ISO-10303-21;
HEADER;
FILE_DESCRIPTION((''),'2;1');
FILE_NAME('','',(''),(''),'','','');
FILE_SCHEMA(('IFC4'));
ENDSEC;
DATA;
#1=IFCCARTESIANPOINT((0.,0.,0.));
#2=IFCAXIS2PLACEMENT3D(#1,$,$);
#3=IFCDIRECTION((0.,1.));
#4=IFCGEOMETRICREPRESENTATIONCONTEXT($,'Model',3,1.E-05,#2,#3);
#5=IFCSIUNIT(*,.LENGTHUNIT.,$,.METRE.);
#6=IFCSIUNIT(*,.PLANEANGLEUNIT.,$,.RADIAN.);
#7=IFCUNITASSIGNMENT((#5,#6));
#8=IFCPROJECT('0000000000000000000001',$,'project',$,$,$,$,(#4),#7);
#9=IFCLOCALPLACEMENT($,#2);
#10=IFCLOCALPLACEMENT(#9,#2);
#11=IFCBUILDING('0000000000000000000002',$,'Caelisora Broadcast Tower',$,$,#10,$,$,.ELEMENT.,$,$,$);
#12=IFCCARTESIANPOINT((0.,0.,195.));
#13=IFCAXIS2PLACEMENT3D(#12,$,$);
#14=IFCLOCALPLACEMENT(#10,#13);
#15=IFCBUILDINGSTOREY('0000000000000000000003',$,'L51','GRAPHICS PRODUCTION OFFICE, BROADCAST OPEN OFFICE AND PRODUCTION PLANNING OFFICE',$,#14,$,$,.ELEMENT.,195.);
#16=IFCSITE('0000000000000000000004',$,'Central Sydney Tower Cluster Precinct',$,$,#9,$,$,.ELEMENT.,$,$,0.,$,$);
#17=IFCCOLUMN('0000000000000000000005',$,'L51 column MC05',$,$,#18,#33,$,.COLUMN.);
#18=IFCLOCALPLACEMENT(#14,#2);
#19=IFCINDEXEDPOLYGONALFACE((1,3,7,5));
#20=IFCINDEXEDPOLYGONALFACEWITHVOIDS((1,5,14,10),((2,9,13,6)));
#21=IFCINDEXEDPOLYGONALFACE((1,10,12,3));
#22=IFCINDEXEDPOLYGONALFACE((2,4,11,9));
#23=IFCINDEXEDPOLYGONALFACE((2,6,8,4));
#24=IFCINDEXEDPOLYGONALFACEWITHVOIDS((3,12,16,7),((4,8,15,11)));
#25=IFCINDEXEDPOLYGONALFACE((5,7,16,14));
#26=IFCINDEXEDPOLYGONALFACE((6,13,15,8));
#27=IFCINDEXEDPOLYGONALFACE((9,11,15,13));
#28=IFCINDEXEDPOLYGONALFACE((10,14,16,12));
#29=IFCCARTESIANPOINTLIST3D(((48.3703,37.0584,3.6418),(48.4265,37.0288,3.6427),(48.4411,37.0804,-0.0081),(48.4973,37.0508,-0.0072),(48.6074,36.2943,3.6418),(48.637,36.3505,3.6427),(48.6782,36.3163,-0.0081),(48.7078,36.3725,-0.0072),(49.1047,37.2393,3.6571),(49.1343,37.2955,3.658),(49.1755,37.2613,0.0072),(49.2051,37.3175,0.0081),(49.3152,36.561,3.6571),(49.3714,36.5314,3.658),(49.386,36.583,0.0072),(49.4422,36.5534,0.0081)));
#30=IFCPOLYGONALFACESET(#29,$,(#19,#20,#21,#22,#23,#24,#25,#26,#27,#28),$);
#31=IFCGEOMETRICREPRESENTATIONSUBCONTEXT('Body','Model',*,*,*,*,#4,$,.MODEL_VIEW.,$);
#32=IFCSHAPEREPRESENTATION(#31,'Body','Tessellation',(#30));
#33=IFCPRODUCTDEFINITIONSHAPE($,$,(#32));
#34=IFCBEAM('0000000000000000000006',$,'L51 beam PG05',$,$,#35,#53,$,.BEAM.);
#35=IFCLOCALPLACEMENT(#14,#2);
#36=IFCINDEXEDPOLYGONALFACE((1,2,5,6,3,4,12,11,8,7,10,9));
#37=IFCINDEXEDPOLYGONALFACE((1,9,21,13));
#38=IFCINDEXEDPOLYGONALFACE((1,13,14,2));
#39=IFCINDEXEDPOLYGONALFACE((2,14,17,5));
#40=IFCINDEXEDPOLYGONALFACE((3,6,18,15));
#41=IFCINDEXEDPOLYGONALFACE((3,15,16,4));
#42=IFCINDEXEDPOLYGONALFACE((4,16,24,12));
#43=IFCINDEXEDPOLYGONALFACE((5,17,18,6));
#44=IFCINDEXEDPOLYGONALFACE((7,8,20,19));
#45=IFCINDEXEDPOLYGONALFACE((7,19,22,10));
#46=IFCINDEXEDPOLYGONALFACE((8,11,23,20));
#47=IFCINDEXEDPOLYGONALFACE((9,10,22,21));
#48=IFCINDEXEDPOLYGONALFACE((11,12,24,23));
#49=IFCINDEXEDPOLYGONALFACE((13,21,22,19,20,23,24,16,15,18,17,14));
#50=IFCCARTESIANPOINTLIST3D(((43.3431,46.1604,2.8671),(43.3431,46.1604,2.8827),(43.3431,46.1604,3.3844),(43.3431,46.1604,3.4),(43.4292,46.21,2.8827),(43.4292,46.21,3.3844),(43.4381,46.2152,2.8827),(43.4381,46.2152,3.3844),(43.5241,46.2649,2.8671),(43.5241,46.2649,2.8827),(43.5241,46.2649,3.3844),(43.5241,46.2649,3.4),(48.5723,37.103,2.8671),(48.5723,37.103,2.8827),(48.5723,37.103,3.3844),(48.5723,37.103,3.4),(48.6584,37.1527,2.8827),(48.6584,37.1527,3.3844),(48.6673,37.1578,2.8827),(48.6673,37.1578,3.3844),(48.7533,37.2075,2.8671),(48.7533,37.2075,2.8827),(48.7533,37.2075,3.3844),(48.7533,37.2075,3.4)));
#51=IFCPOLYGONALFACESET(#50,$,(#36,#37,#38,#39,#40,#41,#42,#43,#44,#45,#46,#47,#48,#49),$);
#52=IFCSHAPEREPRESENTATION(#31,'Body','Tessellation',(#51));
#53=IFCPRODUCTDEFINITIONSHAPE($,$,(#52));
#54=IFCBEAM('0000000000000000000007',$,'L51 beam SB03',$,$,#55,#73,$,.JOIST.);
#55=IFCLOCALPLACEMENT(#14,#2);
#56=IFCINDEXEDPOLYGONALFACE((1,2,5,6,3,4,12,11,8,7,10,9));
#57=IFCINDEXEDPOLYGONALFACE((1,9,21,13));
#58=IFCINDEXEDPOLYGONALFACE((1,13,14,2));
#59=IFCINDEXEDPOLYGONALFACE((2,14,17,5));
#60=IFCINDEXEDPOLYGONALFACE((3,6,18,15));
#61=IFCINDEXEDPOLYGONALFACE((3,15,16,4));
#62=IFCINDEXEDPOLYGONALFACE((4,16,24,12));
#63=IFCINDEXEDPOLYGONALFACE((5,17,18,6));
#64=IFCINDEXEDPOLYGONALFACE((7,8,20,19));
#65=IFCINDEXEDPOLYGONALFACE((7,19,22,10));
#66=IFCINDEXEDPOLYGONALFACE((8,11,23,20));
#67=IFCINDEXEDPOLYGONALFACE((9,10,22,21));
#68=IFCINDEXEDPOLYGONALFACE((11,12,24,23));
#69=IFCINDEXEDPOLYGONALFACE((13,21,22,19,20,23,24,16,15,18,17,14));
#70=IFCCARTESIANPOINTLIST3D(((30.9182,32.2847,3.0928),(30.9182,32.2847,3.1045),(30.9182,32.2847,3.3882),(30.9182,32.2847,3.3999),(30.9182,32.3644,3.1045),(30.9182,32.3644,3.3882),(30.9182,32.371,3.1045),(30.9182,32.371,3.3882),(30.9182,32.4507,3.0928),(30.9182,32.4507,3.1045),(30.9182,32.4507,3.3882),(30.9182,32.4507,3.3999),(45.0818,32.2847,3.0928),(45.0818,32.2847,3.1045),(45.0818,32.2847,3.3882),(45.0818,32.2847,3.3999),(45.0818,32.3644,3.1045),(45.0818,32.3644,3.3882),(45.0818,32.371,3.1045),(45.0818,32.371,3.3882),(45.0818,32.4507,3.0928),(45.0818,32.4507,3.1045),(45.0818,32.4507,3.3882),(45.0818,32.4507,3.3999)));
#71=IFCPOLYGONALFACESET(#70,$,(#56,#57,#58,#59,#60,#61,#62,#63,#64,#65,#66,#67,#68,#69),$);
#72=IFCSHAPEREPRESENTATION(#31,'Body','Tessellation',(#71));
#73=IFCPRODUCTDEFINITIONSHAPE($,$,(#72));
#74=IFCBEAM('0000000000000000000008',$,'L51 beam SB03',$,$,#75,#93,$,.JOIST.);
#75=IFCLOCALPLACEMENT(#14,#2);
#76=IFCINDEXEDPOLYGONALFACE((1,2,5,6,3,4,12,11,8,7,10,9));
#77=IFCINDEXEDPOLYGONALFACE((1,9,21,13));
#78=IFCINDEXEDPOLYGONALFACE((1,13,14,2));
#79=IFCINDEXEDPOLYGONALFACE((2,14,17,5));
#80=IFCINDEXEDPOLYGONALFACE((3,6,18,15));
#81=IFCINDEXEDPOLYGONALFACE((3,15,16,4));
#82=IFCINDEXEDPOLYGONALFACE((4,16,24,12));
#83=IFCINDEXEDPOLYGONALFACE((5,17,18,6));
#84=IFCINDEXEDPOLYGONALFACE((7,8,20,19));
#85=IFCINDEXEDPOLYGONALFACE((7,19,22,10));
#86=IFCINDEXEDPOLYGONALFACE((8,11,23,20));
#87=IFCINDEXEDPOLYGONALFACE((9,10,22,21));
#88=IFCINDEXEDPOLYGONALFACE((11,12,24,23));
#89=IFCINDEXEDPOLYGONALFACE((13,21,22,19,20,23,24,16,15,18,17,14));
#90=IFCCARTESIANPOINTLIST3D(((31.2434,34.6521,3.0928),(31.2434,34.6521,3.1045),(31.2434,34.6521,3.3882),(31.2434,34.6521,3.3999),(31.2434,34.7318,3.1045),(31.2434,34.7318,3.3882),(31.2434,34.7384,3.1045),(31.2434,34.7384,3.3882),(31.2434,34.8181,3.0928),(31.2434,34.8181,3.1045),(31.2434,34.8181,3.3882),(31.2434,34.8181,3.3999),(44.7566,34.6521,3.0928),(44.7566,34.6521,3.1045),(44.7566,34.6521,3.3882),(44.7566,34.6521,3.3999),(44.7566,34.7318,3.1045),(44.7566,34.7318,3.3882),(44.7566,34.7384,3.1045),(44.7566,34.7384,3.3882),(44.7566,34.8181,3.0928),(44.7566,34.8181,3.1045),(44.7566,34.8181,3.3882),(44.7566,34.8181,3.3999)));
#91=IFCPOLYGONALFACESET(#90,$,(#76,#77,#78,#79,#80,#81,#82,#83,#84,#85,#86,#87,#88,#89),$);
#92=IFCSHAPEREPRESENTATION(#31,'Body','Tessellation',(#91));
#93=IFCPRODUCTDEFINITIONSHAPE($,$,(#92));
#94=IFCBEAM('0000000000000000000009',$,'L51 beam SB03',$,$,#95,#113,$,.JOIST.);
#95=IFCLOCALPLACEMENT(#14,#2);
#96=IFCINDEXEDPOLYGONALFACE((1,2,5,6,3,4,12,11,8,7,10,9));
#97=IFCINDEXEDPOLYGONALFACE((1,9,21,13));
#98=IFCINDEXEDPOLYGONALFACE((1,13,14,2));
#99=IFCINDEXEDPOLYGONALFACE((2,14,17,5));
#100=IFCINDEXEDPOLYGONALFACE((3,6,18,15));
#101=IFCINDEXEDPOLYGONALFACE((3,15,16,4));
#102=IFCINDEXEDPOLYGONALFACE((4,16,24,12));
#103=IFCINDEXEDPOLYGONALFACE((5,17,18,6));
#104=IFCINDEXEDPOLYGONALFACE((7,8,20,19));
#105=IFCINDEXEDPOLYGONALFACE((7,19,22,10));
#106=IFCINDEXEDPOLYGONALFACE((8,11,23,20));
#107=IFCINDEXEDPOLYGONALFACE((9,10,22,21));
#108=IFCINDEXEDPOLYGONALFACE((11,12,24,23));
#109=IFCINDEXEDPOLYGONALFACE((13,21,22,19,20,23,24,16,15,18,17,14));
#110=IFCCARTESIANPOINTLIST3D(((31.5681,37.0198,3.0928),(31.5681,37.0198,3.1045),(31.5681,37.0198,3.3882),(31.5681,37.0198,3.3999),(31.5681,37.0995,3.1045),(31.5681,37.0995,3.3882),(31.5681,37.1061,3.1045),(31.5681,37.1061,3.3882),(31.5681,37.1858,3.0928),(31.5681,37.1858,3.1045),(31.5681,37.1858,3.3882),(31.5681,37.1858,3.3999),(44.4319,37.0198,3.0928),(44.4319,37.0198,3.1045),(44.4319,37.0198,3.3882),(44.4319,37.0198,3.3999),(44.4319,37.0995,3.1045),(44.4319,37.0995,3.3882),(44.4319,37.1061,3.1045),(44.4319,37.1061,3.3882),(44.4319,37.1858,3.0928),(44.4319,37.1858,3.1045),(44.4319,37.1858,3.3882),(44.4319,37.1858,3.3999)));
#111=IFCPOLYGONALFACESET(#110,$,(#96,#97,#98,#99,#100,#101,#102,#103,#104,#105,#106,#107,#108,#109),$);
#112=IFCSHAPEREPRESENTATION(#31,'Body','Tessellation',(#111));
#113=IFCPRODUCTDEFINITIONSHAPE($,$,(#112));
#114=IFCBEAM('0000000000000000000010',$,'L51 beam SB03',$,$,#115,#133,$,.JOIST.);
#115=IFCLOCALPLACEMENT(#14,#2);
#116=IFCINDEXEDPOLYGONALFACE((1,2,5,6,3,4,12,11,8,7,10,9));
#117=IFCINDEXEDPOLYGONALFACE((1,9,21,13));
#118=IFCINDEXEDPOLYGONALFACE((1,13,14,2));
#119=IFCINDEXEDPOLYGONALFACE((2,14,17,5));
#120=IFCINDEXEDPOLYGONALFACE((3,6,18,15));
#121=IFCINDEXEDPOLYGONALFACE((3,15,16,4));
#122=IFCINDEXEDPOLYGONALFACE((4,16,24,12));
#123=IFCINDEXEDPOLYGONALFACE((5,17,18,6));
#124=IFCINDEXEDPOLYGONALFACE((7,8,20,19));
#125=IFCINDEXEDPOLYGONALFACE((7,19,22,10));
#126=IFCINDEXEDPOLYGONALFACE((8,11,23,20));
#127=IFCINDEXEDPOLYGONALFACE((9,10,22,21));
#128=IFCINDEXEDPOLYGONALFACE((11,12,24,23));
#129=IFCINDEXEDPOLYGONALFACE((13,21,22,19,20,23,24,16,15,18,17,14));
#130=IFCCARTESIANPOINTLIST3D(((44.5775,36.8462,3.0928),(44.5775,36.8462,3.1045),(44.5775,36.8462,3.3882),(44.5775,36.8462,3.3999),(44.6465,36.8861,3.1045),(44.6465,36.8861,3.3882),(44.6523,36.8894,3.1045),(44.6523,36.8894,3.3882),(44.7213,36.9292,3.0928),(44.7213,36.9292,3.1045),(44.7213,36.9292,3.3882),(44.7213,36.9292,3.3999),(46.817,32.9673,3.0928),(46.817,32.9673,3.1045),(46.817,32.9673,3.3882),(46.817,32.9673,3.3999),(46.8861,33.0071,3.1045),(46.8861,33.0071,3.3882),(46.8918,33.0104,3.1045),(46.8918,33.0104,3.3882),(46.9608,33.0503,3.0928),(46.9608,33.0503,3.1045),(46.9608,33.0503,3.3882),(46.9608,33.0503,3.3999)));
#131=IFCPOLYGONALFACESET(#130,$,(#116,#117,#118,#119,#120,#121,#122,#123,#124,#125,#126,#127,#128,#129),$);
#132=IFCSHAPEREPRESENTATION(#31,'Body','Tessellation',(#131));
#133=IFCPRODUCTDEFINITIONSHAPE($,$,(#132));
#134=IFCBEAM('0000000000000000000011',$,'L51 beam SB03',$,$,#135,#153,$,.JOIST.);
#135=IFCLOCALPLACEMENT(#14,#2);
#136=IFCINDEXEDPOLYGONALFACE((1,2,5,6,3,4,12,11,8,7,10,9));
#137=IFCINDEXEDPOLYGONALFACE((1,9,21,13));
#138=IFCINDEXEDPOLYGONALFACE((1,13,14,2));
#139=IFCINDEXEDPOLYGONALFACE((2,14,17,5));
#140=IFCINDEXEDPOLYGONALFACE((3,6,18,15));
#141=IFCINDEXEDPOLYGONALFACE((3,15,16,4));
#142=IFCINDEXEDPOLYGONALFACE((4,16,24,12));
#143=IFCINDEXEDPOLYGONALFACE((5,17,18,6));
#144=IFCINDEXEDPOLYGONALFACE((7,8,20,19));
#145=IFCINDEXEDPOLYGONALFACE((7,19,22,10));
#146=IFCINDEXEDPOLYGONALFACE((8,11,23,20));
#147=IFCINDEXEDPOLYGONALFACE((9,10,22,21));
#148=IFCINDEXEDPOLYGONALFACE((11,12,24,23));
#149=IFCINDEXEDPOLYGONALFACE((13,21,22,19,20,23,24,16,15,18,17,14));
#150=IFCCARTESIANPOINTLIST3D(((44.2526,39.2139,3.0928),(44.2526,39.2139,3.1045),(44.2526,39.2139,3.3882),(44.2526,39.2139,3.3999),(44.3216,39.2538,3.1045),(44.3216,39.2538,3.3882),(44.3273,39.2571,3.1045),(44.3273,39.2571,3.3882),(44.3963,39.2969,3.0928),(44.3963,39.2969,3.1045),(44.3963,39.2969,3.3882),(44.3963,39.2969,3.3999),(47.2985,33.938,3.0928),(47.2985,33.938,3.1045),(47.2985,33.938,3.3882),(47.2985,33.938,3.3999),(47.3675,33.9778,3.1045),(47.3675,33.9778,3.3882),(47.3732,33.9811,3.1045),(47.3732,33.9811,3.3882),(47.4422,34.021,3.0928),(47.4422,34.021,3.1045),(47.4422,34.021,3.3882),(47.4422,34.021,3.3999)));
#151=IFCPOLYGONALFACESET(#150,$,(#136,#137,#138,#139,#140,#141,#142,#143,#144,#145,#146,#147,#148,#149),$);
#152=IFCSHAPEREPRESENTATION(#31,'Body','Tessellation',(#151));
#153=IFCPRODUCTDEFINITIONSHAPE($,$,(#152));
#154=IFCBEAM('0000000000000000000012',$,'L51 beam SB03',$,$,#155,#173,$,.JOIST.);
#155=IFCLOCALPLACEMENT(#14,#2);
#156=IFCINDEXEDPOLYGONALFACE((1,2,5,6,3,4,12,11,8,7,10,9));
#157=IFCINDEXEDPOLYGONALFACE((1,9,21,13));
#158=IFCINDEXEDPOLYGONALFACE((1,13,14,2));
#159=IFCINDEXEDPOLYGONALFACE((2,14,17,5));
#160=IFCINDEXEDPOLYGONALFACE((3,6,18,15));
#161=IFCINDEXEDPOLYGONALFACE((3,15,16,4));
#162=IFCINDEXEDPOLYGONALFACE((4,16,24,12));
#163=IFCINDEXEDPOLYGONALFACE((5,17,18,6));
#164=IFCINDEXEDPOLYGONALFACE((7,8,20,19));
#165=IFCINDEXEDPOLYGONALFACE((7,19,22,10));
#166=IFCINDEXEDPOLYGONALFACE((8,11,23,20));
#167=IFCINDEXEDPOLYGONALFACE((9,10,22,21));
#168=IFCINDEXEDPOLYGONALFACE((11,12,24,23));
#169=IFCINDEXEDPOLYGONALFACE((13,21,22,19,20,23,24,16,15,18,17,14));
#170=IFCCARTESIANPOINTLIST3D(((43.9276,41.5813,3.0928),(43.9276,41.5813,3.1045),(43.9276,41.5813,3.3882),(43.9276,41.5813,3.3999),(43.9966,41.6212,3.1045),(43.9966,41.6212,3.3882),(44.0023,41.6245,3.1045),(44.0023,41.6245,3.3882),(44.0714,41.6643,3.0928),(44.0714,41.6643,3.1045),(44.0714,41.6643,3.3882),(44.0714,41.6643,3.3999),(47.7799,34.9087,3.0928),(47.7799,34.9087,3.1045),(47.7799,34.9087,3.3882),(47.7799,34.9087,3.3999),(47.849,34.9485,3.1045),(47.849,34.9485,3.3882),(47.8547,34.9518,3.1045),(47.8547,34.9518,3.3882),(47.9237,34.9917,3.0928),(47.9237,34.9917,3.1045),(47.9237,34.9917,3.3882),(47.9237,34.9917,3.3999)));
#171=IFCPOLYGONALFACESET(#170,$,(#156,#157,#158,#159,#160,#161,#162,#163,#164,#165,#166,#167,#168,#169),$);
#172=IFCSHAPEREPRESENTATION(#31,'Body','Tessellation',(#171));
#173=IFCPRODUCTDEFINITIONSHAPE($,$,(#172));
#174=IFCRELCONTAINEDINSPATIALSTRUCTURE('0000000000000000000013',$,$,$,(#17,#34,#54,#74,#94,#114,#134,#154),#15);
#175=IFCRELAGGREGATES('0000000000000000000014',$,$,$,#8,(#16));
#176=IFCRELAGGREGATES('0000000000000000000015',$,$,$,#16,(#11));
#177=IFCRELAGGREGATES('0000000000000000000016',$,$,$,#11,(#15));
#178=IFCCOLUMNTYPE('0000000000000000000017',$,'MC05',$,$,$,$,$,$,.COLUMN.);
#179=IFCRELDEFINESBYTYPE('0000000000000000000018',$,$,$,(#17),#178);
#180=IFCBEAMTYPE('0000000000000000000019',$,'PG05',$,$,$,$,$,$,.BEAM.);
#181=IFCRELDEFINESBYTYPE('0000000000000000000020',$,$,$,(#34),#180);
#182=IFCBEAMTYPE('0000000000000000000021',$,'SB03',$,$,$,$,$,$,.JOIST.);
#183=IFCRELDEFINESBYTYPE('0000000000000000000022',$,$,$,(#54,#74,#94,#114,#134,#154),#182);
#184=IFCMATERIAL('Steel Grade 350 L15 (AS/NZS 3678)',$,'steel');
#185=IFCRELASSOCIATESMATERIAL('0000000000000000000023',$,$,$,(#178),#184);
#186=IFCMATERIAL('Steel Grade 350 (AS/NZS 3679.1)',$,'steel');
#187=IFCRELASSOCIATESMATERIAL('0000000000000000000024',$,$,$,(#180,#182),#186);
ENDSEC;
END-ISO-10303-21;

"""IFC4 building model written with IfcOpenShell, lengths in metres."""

from ifc_helpers import new_model, si_unit, direction, frame, origin, origin_2d, place, context, subcontext, project, spatial, hollow_rectangle, i_section, extrude, source, transform, mapped, material, material_profile, profile_set, type_object, type_shapes, element, save


model = new_model("IFC4")

# Units and contexts
model_context = context("Model", 3, precision=1e-05, world=origin(), true_north=direction((0.0, 1.0)))
body_context = subcontext(model_context, "Body", "Model", "MODEL_VIEW")
ifc_project = project(units=[si_unit("LENGTHUNIT", "METRE"), si_unit("PLANEANGLEUNIT", "RADIAN")], contexts=[model_context])

# Site, building, storey
site_placement = place(None, origin())
site = spatial("IfcSite", under=ifc_project, at=site_placement, Name="Central Sydney Tower Cluster Precinct", CompositionType="ELEMENT", RefElevation=0.0)
building_placement = place(site_placement, origin())
building = spatial("IfcBuilding", under=site, at=building_placement, Name="Caelisora Broadcast Tower", CompositionType="ELEMENT")
storey_placement = place(building_placement, frame((0.0, 0.0, 195.0)))
storey = spatial("IfcBuildingStorey", under=building, at=storey_placement, Name="L51", Description="GRAPHICS PRODUCTION OFFICE, BROADCAST OPEN OFFICE AND PRODUCTION PLANNING OFFICE", CompositionType="ELEMENT", Elevation=195.0)

# Column
ifc_material_1 = material(Name="Steel Grade 350 L15 (AS/NZS 3678)", Category="steel")
ifc_material_profile_1 = material_profile(ifc_material_1, hollow_rectangle(XDim=0.8, YDim=0.8, WallThickness=0.0449, at=origin_2d()), Name="Steel Grade 350 L15 (AS/NZS 3678)")
ifc_profile_set_1 = profile_set([ifc_material_profile_1], Name="Steel Grade 350 L15 (AS/NZS 3678)")
column_type = type_object("IfcColumnType", Name="MC05", PredefinedType="COLUMN", material=ifc_profile_set_1)
shared_shape_1 = source(origin(), body_context, "Body", "SweptSolid", [
    extrude(hollow_rectangle(XDim=0.8, YDim=0.8, WallThickness=0.0449, at=origin_2d()), origin(), (0.0, 0.0, 1.0), 3.6506),
])
type_shapes(column_type, [shared_shape_1])
column_placement = place(storey_placement, frame((48.9417, 36.8169, 0.0), z_axis=(-0.019394, -0.006019, 0.999794), x_axis=(0.296399, -0.955064, 0.0)))
element("IfcColumn", 1, at=column_placement, inside=storey, type_object=column_type, Name="L51 column MC05", PredefinedType="COLUMN", context=body_context, shape_type="MappedRepresentation", body=[
    mapped(shared_shape_1, transform((0.0, 0.0, 0.0), scale=1.0)),
])

# Beams
ifc_material_2 = material(Name="Steel Grade 350 (AS/NZS 3679.1)", Category="steel")
ifc_material_profile_2 = material_profile(ifc_material_2, i_section(OverallWidth=0.209, OverallDepth=0.533, WebThickness=0.0103, FlangeThickness=0.0156, at=origin_2d()), Name="Steel Grade 350 (AS/NZS 3679.1)")
ifc_profile_set_2 = profile_set([ifc_material_profile_2], Name="Steel Grade 350 (AS/NZS 3679.1)")
beam_type_1 = type_object("IfcBeamType", Name="PG05", PredefinedType="BEAM", material=ifc_profile_set_2)
shared_shape_2 = source(origin(), body_context, "Body", "SweptSolid", [
    extrude(i_section(OverallWidth=0.209, OverallDepth=0.533, WebThickness=0.0103, FlangeThickness=0.0156, at=origin_2d()), origin(), (0.0, 0.0, 1.0), 10.4585),
])
type_shapes(beam_type_1, [shared_shape_2])
beam_1_placement = place(storey_placement, frame((48.6628, 37.1553, 3.1335), z_axis=(-0.499998, 0.866027, 0.0), x_axis=(-0.866027, -0.499998, 0.0)))
element("IfcBeam", 2, at=beam_1_placement, inside=storey, type_object=beam_type_1, Name="L51 beam PG05", PredefinedType="BEAM", context=body_context, shape_type="MappedRepresentation", body=[
    mapped(shared_shape_2, transform((0.0, 0.0, 0.0), scale=1.0)),
])
ifc_material_profile_3 = material_profile(ifc_material_2, i_section(OverallWidth=0.166, OverallDepth=0.3071, WebThickness=0.0066, FlangeThickness=0.0117, at=origin_2d()), Name="Steel Grade 350 (AS/NZS 3679.1)")
ifc_profile_set_3 = profile_set([ifc_material_profile_3], Name="Steel Grade 350 (AS/NZS 3679.1)")
beam_type_2 = type_object("IfcBeamType", Name="SB03", PredefinedType="JOIST", material=ifc_profile_set_3)
shared_shape_3 = source(origin(), body_context, "Body", "SweptSolid", [
    extrude(i_section(OverallWidth=0.166, OverallDepth=0.3071, WebThickness=0.0066, FlangeThickness=0.0117, at=origin_2d()), origin(), (0.0, 0.0, 1.0), 14.1636),
])
beam_2_placement = place(storey_placement, frame((45.0818, 32.3677, 3.2463), z_axis=(-1.0, 0.0, 0.0), x_axis=(0.0, -1.0, 0.0)))
element("IfcBeam", 3, at=beam_2_placement, inside=storey, type_object=beam_type_2, Name="L51 beam SB03", PredefinedType="JOIST", context=body_context, shape_type="MappedRepresentation", body=[
    mapped(shared_shape_3, transform((0.0, 0.0, 0.0), scale=1.0)),
])
shared_shape_4 = source(origin(), body_context, "Body", "SweptSolid", [
    extrude(i_section(OverallWidth=0.166, OverallDepth=0.3071, WebThickness=0.0066, FlangeThickness=0.0117, at=origin_2d()), origin(), (0.0, 0.0, 1.0), 13.5132),
])
beam_3_placement = place(storey_placement, frame((44.7566, 34.7351, 3.2463), z_axis=(-1.0, 0.0, 0.0), x_axis=(0.0, -1.0, 0.0)))
element("IfcBeam", 4, at=beam_3_placement, inside=storey, type_object=beam_type_2, Name="L51 beam SB03", PredefinedType="JOIST", context=body_context, shape_type="MappedRepresentation", body=[
    mapped(shared_shape_4, transform((0.0, 0.0, 0.0), scale=1.0)),
])
shared_shape_5 = source(origin(), body_context, "Body", "SweptSolid", [
    extrude(i_section(OverallWidth=0.166, OverallDepth=0.3071, WebThickness=0.0066, FlangeThickness=0.0117, at=origin_2d()), origin(), (0.0, 0.0, 1.0), 12.8638),
])
beam_4_placement = place(storey_placement, frame((44.4319, 37.1028, 3.2463), z_axis=(-1.0, 0.0, 0.0), x_axis=(0.0, -1.0, 0.0)))
element("IfcBeam", 5, at=beam_4_placement, inside=storey, type_object=beam_type_2, Name="L51 beam SB03", PredefinedType="JOIST", context=body_context, shape_type="MappedRepresentation", body=[
    mapped(shared_shape_5, transform((0.0, 0.0, 0.0), scale=1.0)),
])
shared_shape_6 = source(origin(), body_context, "Body", "SweptSolid", [
    extrude(i_section(OverallWidth=0.166, OverallDepth=0.3071, WebThickness=0.0066, FlangeThickness=0.0117, at=origin_2d()), origin(), (0.0, 0.0, 1.0), 4.479),
])
beam_5_placement = place(storey_placement, frame((46.8889, 33.0088, 3.2463), z_axis=(-0.500002, 0.866024, 0.0), x_axis=(-0.866024, -0.500002, 0.0)))
element("IfcBeam", 6, at=beam_5_placement, inside=storey, type_object=beam_type_2, Name="L51 beam SB03", PredefinedType="JOIST", context=body_context, shape_type="MappedRepresentation", body=[
    mapped(shared_shape_6, transform((0.0, 0.0, 0.0), scale=1.0)),
])
shared_shape_7 = source(origin(), body_context, "Body", "SweptSolid", [
    extrude(i_section(OverallWidth=0.166, OverallDepth=0.3071, WebThickness=0.0066, FlangeThickness=0.0117, at=origin_2d()), origin(), (0.0, 0.0, 1.0), 6.092),
])
beam_6_placement = place(storey_placement, frame((47.3704, 33.9795, 3.2463), z_axis=(-0.499984, 0.866035, 0.0), x_axis=(-0.866035, -0.499984, 0.0)))
element("IfcBeam", 7, at=beam_6_placement, inside=storey, type_object=beam_type_2, Name="L51 beam SB03", PredefinedType="JOIST", context=body_context, shape_type="MappedRepresentation", body=[
    mapped(shared_shape_7, transform((0.0, 0.0, 0.0), scale=1.0)),
])
shared_shape_8 = source(origin(), body_context, "Body", "SweptSolid", [
    extrude(i_section(OverallWidth=0.166, OverallDepth=0.3071, WebThickness=0.0066, FlangeThickness=0.0117, at=origin_2d()), origin(), (0.0, 0.0, 1.0), 7.7048),
])
beam_7_placement = place(storey_placement, frame((47.8518, 34.9502, 3.2463), z_axis=(-0.499987, 0.866033, 0.0), x_axis=(-0.866033, -0.499987, 0.0)))
element("IfcBeam", 8, at=beam_7_placement, inside=storey, type_object=beam_type_2, Name="L51 beam SB03", PredefinedType="JOIST", context=body_context, shape_type="MappedRepresentation", body=[
    mapped(shared_shape_8, transform((0.0, 0.0, 0.0), scale=1.0)),
])

save(model, "model.ifc")
